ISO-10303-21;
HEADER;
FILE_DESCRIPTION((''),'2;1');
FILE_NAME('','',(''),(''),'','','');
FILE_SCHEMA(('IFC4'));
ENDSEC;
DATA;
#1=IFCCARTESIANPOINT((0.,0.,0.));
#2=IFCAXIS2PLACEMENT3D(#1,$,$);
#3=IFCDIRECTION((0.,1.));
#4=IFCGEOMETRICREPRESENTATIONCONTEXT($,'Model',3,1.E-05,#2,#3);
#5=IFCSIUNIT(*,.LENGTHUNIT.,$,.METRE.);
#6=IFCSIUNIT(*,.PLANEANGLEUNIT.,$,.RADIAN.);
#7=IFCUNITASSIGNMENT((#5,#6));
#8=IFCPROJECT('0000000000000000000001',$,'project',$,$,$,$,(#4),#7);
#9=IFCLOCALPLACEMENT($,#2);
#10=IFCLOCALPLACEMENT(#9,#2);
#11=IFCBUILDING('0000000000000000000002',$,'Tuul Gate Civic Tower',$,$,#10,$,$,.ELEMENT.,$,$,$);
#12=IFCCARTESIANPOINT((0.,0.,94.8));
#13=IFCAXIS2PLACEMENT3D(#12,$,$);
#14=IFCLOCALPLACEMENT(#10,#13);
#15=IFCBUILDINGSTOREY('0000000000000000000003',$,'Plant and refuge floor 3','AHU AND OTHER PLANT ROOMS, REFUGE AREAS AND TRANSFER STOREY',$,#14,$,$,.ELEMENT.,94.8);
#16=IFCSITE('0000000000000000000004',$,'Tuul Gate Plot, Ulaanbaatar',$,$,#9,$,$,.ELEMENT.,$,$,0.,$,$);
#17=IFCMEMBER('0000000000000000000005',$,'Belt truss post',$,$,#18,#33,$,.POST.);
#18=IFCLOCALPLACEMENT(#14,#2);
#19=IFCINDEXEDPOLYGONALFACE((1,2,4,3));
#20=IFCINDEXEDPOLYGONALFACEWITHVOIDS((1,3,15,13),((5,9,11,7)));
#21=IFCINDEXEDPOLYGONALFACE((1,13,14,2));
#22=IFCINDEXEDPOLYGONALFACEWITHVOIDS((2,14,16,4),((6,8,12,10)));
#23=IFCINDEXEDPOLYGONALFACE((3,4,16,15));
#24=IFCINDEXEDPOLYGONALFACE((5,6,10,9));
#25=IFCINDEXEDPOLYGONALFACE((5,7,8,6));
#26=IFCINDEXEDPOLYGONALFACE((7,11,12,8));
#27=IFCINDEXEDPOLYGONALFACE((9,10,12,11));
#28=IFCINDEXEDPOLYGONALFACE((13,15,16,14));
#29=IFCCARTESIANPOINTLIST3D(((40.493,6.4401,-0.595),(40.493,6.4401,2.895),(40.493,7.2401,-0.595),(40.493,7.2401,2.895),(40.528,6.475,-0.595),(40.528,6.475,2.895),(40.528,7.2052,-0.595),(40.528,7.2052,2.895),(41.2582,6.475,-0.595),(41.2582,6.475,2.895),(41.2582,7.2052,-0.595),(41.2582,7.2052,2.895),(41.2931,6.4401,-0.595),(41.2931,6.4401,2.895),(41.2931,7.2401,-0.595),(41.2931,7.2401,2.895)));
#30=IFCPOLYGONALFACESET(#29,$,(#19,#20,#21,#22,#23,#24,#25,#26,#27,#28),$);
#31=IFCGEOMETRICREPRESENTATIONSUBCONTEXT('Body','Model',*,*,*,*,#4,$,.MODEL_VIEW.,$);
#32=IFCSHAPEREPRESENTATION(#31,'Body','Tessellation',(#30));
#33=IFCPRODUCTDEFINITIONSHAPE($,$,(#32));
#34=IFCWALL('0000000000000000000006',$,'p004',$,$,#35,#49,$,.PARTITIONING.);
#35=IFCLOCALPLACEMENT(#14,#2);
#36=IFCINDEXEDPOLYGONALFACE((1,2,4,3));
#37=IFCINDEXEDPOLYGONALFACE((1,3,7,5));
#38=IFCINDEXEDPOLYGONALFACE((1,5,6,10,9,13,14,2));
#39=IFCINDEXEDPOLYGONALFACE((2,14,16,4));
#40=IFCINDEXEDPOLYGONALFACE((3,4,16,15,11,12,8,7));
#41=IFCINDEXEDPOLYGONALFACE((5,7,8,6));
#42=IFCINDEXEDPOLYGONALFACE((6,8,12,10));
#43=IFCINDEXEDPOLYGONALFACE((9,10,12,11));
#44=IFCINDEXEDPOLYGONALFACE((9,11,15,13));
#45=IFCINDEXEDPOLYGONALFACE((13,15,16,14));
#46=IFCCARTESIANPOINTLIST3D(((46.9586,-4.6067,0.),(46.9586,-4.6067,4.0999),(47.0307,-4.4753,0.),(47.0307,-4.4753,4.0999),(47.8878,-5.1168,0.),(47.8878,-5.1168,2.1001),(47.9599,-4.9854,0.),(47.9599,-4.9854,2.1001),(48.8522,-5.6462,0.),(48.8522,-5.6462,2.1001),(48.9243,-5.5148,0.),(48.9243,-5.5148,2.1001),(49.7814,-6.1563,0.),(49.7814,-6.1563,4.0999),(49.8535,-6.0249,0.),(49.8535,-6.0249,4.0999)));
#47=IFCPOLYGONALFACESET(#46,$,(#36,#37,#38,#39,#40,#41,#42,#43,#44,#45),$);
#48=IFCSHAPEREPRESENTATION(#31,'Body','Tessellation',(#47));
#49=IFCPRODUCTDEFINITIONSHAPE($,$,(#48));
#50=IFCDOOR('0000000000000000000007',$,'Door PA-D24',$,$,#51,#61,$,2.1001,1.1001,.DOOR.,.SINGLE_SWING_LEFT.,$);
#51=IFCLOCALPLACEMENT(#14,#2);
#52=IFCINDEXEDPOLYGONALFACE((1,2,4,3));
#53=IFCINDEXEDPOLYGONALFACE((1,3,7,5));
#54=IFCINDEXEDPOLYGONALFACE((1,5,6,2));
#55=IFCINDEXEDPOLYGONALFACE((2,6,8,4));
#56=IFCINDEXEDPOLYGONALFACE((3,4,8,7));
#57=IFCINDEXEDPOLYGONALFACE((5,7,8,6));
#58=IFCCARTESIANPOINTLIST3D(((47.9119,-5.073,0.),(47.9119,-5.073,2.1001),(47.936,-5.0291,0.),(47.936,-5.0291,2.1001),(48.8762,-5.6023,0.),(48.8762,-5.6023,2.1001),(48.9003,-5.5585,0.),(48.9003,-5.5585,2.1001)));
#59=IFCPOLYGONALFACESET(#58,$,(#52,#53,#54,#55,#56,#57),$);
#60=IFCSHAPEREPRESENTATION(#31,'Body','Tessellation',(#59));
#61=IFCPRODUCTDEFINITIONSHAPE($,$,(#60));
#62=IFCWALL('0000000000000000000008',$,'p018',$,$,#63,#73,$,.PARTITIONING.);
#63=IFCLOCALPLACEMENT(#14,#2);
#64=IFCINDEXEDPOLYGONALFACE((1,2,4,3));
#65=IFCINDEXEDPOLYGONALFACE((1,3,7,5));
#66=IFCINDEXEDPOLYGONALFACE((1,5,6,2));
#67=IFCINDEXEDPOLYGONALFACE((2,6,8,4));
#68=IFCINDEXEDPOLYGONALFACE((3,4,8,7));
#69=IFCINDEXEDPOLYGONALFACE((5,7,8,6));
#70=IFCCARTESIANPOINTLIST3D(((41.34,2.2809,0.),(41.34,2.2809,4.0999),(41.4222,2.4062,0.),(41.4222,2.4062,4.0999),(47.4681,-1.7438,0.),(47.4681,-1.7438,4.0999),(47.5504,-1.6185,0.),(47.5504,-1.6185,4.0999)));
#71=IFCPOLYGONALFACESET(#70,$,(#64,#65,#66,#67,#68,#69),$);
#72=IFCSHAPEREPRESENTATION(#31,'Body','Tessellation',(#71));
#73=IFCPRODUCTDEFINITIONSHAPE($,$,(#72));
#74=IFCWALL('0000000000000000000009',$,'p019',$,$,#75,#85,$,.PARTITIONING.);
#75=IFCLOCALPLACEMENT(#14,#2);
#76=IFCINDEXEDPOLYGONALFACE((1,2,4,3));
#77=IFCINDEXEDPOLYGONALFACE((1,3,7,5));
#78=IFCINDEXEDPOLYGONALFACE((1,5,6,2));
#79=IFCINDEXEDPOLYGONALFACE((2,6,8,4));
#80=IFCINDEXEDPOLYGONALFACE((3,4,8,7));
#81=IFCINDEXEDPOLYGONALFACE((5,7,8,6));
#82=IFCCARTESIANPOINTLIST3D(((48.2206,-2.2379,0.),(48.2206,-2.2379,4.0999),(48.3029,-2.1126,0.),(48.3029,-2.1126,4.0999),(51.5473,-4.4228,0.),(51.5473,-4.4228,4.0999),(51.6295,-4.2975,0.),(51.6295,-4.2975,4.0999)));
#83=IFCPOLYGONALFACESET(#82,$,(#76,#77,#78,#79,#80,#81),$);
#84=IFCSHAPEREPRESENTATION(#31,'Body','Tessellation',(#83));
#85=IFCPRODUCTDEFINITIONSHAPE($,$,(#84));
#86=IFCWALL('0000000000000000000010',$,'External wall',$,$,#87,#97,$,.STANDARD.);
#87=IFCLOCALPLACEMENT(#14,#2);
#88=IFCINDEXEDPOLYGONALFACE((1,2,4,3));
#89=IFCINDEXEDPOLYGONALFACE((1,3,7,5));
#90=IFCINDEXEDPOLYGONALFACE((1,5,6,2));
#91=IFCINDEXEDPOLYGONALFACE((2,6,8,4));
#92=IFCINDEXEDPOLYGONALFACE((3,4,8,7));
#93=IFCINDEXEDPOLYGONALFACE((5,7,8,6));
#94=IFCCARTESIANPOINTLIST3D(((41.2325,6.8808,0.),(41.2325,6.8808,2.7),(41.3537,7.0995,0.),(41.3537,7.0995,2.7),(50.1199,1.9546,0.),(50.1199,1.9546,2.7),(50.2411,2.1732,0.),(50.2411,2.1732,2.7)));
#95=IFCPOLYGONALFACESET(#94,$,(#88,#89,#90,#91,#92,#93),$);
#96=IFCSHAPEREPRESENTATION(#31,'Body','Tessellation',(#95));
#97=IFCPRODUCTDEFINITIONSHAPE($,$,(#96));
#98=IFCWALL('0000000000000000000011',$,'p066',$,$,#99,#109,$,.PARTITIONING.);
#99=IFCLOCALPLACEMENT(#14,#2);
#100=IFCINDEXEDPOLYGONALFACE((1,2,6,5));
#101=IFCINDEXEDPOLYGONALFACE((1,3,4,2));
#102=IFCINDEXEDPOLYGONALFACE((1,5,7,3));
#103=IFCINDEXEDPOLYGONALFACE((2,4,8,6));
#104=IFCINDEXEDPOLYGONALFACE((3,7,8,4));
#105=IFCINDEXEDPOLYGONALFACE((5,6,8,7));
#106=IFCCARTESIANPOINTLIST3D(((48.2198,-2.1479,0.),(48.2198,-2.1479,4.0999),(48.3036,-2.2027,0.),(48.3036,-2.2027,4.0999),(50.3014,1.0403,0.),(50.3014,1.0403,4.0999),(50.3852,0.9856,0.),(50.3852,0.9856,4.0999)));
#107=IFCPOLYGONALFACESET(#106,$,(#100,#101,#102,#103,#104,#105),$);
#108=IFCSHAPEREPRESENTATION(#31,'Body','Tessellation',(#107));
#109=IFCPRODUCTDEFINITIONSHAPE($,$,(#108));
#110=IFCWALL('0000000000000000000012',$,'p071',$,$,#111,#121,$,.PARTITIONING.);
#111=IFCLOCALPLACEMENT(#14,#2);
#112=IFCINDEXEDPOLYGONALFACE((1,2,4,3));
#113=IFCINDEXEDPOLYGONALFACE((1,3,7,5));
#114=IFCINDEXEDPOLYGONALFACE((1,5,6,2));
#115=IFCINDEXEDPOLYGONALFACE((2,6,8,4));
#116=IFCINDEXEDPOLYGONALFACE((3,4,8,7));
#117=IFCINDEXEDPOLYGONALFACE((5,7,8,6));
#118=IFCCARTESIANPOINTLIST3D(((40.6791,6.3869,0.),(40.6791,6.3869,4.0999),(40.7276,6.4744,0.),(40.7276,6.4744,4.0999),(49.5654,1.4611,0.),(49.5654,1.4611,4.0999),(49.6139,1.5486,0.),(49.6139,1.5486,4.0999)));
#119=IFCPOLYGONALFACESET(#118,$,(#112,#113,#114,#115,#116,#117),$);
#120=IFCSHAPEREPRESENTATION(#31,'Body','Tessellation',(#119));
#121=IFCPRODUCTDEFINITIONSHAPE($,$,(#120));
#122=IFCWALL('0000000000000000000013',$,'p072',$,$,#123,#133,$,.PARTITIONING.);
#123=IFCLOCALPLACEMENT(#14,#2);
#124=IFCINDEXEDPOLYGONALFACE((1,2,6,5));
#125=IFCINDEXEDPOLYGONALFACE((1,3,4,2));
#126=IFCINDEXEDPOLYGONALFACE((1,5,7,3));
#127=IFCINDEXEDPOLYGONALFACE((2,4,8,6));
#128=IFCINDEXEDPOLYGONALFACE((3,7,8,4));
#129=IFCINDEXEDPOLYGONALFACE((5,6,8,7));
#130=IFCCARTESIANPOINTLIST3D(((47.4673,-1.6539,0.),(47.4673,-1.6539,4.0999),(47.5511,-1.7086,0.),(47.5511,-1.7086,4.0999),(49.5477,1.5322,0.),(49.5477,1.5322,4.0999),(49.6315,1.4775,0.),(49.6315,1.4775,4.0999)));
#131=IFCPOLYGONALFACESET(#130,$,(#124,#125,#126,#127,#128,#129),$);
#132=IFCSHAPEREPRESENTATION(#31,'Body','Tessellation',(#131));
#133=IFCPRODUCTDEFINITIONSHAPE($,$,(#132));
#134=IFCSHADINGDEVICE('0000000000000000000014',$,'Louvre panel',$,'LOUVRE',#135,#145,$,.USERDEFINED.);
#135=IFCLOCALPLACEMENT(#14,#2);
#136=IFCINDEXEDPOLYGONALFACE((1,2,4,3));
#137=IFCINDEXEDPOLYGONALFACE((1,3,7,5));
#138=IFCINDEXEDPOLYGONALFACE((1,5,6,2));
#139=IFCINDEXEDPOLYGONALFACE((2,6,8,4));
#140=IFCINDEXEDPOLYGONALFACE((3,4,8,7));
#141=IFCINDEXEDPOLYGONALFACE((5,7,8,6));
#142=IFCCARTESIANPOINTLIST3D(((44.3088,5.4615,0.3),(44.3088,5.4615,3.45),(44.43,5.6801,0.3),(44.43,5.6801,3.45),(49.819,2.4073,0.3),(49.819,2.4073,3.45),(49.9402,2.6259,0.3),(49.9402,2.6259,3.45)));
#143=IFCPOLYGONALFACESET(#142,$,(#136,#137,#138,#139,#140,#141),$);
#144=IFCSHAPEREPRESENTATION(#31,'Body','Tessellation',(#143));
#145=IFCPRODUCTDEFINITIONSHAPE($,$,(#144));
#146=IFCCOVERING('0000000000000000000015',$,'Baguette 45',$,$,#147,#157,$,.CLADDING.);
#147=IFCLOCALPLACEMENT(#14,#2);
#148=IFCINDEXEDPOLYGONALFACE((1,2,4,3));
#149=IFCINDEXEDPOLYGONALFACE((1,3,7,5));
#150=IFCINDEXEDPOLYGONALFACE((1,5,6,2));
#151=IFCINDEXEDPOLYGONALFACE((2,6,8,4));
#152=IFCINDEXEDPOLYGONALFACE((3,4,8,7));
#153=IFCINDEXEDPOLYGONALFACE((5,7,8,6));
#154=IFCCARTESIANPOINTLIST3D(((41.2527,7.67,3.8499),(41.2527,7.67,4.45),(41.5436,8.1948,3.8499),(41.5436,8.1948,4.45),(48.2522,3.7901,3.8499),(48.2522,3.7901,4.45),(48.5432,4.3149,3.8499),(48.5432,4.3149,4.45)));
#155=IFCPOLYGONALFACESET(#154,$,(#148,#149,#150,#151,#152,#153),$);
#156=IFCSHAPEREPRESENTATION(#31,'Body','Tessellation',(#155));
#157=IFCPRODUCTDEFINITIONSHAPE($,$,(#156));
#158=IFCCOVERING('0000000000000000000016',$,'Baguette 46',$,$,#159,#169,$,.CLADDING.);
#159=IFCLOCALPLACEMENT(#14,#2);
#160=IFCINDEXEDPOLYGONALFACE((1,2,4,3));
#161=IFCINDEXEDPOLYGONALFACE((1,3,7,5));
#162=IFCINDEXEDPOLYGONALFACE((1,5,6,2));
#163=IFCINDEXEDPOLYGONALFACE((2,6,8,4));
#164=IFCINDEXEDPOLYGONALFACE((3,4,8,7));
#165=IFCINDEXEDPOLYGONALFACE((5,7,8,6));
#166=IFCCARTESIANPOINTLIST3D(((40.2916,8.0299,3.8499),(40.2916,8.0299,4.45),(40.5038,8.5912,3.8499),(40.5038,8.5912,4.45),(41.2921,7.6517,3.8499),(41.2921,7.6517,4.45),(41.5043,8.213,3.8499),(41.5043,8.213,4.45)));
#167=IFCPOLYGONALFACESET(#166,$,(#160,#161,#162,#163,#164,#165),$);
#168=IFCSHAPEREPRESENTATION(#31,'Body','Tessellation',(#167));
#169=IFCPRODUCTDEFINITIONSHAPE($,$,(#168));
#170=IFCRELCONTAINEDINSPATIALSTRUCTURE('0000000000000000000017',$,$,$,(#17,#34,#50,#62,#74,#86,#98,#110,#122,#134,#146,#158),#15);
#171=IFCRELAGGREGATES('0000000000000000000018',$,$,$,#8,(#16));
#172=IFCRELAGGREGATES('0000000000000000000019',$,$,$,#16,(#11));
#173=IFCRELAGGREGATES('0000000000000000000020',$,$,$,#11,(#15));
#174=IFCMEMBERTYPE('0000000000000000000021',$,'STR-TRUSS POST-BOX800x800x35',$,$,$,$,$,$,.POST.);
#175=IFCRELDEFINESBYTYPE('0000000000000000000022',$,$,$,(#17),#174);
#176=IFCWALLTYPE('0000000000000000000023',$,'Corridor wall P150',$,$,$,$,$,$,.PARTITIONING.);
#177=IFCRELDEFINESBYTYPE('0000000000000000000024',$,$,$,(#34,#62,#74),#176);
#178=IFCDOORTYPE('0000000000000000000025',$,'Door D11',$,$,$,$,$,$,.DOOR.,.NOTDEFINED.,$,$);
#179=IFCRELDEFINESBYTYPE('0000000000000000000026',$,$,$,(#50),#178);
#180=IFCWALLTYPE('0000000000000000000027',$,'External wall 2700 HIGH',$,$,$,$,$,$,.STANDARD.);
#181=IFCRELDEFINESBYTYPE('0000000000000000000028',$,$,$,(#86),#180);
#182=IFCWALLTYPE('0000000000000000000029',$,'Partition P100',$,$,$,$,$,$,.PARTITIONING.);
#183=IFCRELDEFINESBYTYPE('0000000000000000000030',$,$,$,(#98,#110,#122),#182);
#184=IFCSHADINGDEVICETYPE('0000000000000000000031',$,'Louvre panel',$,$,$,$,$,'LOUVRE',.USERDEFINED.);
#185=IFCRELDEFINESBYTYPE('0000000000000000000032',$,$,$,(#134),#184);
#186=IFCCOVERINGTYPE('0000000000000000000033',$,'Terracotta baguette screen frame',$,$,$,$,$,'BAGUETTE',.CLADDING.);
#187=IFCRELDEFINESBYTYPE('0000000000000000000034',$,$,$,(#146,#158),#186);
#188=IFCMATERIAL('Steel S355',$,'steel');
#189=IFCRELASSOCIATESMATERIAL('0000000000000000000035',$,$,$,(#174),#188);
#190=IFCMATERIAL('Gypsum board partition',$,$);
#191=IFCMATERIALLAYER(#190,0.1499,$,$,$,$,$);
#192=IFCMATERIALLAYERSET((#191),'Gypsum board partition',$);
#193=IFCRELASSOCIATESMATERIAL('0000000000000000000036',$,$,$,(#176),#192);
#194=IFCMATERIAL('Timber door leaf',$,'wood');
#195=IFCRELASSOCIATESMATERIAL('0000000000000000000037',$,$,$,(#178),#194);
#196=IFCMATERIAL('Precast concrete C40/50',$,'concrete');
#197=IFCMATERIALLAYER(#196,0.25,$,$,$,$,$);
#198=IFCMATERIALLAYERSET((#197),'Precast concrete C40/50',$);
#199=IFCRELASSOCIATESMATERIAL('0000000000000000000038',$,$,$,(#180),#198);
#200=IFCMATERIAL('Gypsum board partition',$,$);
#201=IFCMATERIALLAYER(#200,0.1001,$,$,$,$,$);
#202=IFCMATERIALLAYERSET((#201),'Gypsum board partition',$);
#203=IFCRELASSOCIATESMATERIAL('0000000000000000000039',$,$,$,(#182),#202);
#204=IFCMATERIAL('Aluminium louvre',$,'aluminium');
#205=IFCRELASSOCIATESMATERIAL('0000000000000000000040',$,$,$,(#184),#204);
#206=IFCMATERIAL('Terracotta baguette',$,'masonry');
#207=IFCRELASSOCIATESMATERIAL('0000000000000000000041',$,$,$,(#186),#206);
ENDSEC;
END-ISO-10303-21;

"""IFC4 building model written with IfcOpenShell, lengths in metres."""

from ifc_helpers import new_model, si_unit, direction, frame, frame_2d, origin, origin_2d, place, context, subcontext, project, spatial, rectangle, hollow_rectangle, extrude, material, layer, layer_set, material_profile, profile_set, type_object, element, fill, save


model = new_model("IFC4")

# Units and contexts
model_context = context("Model", 3, precision=1e-05, world=origin(), true_north=direction((0.0, 1.0)))
body_context = subcontext(model_context, "Body", "Model", "MODEL_VIEW")
ifc_project = project(units=[si_unit("LENGTHUNIT", "METRE"), si_unit("PLANEANGLEUNIT", "RADIAN")], contexts=[model_context])

# Site, building, storey
site_placement = place(None, origin())
site = spatial("IfcSite", under=ifc_project, at=site_placement, Name="Tuul Gate Plot, Ulaanbaatar", CompositionType="ELEMENT", RefElevation=0.0)
building_placement = place(site_placement, origin())
building = spatial("IfcBuilding", under=site, at=building_placement, Name="Tuul Gate Civic Tower", CompositionType="ELEMENT")
storey_placement = place(building_placement, frame((0.0, 0.0, 94.8)))
storey = spatial("IfcBuildingStorey", under=building, at=storey_placement, Name="Plant and refuge floor 3", Description="AHU AND OTHER PLANT ROOMS, REFUGE AREAS AND TRANSFER STOREY", CompositionType="ELEMENT", Elevation=94.8)

# Member
ifc_material_1 = material(Name="Steel S355", Category="steel")
ifc_material_profile_1 = material_profile(ifc_material_1, hollow_rectangle(XDim=0.8, YDim=0.8, WallThickness=0.0349, at=origin_2d()), Name="BOX800x800x35")
ifc_profile_set_1 = profile_set([ifc_material_profile_1], Name="Steel S355")
member_type_1 = type_object("IfcMemberType", Name="STR-TRUSS POST-BOX800x800x35", PredefinedType="POST", material=ifc_profile_set_1)
member_1_placement = place(storey_placement, frame((40.8931, 6.8401, -0.595), z_axis=(0.0, 0.0, 1.0), x_axis=(1.0, 0.0, 0.0)))
element("IfcMember", 1, at=member_1_placement, inside=storey, type_object=member_type_1, Name="Belt truss post", PredefinedType="POST", context=body_context, shape_type="SweptSolid", body=[
    extrude(hollow_rectangle(XDim=0.8, YDim=0.8, WallThickness=0.0349, at=origin_2d()), origin(), (0.0, 0.0, 1.0), 3.49),
])

# Wall, opening, door
ifc_material_2 = material(Name="Gypsum board partition")
ifc_layer_1 = layer(ifc_material_2, 0.1499)
ifc_layer_set_1 = layer_set([ifc_layer_1], Name="Gypsum board partition")
wall_type_1 = type_object("IfcWallType", Name="Corridor wall P150", PredefinedType="PARTITIONING", material=ifc_layer_set_1)
wall_1_placement = place(storey_placement, frame((46.9946, -4.541, 0.0), z_axis=(0.0, 0.0, 1.0), x_axis=(0.876603, -0.481214, 0.0)))
wall_1 = element("IfcWall", 2, at=wall_1_placement, inside=storey, type_object=wall_type_1, Name="p004", PredefinedType="PARTITIONING", context=body_context, shape_type="SweptSolid", body=[
    extrude(rectangle(XDim=3.2202, YDim=0.1499, at=frame_2d((1.6101, 0.0))), origin(), (0.0, 0.0, 1.0), 4.0999),
])
opening_1_placement = place(wall_1_placement, frame((1.0601, 0.0, 0.0)))
opening_1 = element("IfcOpeningElement", 3, at=opening_1_placement, cuts=wall_1, PredefinedType="OPENING", context=body_context, shape_type="SweptSolid", body=[
    extrude(rectangle(XDim=1.1001, YDim=2.1001, at=frame_2d((0.55, 1.05))), frame((0.0, 0.085, 0.0), z_axis=(0.0, -1.0, 0.0), x_axis=(1.0, 0.0, 0.0)), (0.0, 0.0, 1.0), 0.1699),
])
ifc_material_3 = material(Name="Timber door leaf", Category="wood")
door_type_1 = type_object("IfcDoorType", Name="Door D11", OperationType="NOTDEFINED", PredefinedType="DOOR", material=ifc_material_3)
door_1_placement = place(opening_1_placement, frame((1.1001, 0.0, 0.0), z_axis=(0.0, 0.0, 1.0), x_axis=(-1.0, 0.0, 0.0)))
door_1 = element("IfcDoor", 4, at=door_1_placement, inside=storey, type_object=door_type_1, Name="Door PA-D24", OperationType="SINGLE_SWING_LEFT", OverallHeight=2.1001, OverallWidth=1.1001, PredefinedType="DOOR", context=body_context, shape_type="SweptSolid", body=[
    extrude(rectangle(XDim=1.1001, YDim=2.1001, at=frame_2d((0.55, 1.05))), frame((0.0, 0.0249, 0.0), z_axis=(0.0, -1.0, 0.0), x_axis=(1.0, 0.0, 0.0)), (0.0, 0.0, 1.0), 0.05),
])
fill(opening_1, door_1)

# Walls
wall_2_placement = place(storey_placement, frame((41.3811, 2.3435, 0.0), z_axis=(0.0, 0.0, 1.0), x_axis=(0.835857, -0.548947, 0.0)))
element("IfcWall", 5, at=wall_2_placement, inside=storey, type_object=wall_type_1, Name="p018", PredefinedType="PARTITIONING", context=body_context, shape_type="SweptSolid", body=[
    extrude(rectangle(XDim=7.3315, YDim=0.1499, at=frame_2d((3.6658, 0.0))), origin(), (0.0, 0.0, 1.0), 4.0999),
])
wall_3_placement = place(storey_placement, frame((48.2617, -2.1753, 0.0), z_axis=(0.0, 0.0, 1.0), x_axis=(0.835853, -0.548954, 0.0)))
element("IfcWall", 6, at=wall_3_placement, inside=storey, type_object=wall_type_1, Name="p019", PredefinedType="PARTITIONING", context=body_context, shape_type="SweptSolid", body=[
    extrude(rectangle(XDim=3.98, YDim=0.1499, at=frame_2d((1.99, 0.0))), origin(), (0.0, 0.0, 1.0), 4.0999),
])
ifc_material_4 = material(Name="Precast concrete C40/50", Category="concrete")
ifc_layer_2 = layer(ifc_material_4, 0.25)
ifc_layer_set_2 = layer_set([ifc_layer_2], Name="Precast concrete C40/50")
wall_type_2 = type_object("IfcWallType", Name="External wall 2700 HIGH", PredefinedType="STANDARD", material=ifc_layer_set_2)
wall_4_placement = place(storey_placement, frame((50.1804, 2.064, 0.0), z_axis=(0.0, 0.0, 1.0), x_axis=(-0.874625, 0.4848, 0.0)))
element("IfcWall", 7, at=wall_4_placement, inside=storey, type_object=wall_type_2, Name="External wall", PredefinedType="STANDARD", context=body_context, shape_type="SweptSolid", body=[
    extrude(rectangle(XDim=10.1614, YDim=0.25, at=frame_2d((5.0806, 0.0))), origin(), (0.0, 0.0, 1.0), 2.7),
])

# Walls
ifc_material_5 = material(Name="Gypsum board partition")
ifc_layer_3 = layer(ifc_material_5, 0.1001)
ifc_layer_set_3 = layer_set([ifc_layer_3], Name="Gypsum board partition")
wall_type_3 = type_object("IfcWallType", Name="Partition P100", PredefinedType="PARTITIONING", material=ifc_layer_set_3)
wall_5_placement = place(storey_placement, frame((48.2617, -2.1753, 0.0), z_axis=(0.0, 0.0, 1.0), x_axis=(0.546684, 0.837339, 0.0)))
element("IfcWall", 8, at=wall_5_placement, inside=storey, type_object=wall_type_3, Name="p066", PredefinedType="PARTITIONING", context=body_context, shape_type="SweptSolid", body=[
    extrude(rectangle(XDim=3.8076, YDim=0.1001, at=frame_2d((1.9038, 0.0))), origin(), (0.0, 0.0, 1.0), 4.0999),
])
wall_6_placement = place(storey_placement, frame((40.7034, 6.4307, 0.0), z_axis=(0.0, 0.0, 1.0), x_axis=(0.874617, -0.484814, 0.0)))
element("IfcWall", 9, at=wall_6_placement, inside=storey, type_object=wall_type_3, Name="p071", PredefinedType="PARTITIONING", context=body_context, shape_type="SweptSolid", body=[
    extrude(rectangle(XDim=10.1602, YDim=0.1001, at=frame_2d((5.0801, 0.0))), origin(), (0.0, 0.0, 1.0), 4.0999),
])
wall_7_placement = place(storey_placement, frame((49.5896, 1.5049, 0.0), z_axis=(0.0, 0.0, 1.0), x_axis=(-0.546724, -0.837313, 0.0)))
element("IfcWall", 10, at=wall_7_placement, inside=storey, type_object=wall_type_3, Name="p072", PredefinedType="PARTITIONING", context=body_context, shape_type="SweptSolid", body=[
    extrude(rectangle(XDim=3.8052, YDim=0.1001, at=frame_2d((1.9026, 0.0))), origin(), (0.0, 0.0, 1.0), 4.0999),
])

# Shading device
ifc_material_6 = material(Name="Aluminium louvre", Category="aluminium")
shading_device_type = type_object("IfcShadingDeviceType", Name="Louvre panel", ElementType="LOUVRE", PredefinedType="USERDEFINED", material=ifc_material_6)
shading_device_placement = place(storey_placement, frame((47.1245, 4.0437, 0.3), z_axis=(0.0, 0.0, 1.0), x_axis=(0.484789, 0.874631, 0.0)))
element("IfcShadingDevice", 11, at=shading_device_placement, inside=storey, type_object=shading_device_type, Name="Louvre panel", ObjectType="LOUVRE", PredefinedType="USERDEFINED", context=body_context, shape_type="SweptSolid", body=[
    extrude(rectangle(XDim=0.25, YDim=6.3, at=origin_2d()), origin(), (0.0, 0.0, 1.0), 3.1499),
])

# Coverings
ifc_material_7 = material(Name="Terracotta baguette", Category="masonry")
ifc_material_profile_2 = material_profile(ifc_material_7, rectangle(XDim=0.6001, YDim=0.6001, at=origin_2d()), Name="Terracotta baguette screen frame")
ifc_profile_set_2 = profile_set([ifc_material_profile_2], Name="Terracotta baguette")
covering_type = type_object("IfcCoveringType", Name="Terracotta baguette screen frame", ElementType="BAGUETTE", PredefinedType="CLADDING", material=ifc_profile_set_2)
covering_1_placement = place(storey_placement, frame((48.3977, 4.0525, 4.1499), z_axis=(-0.87462, 0.484809, 0.0), x_axis=(-0.484809, -0.87462, 0.0)))
element("IfcCovering", 12, at=covering_1_placement, inside=storey, type_object=covering_type, Name="Baguette 45", PredefinedType="CLADDING", context=body_context, shape_type="SweptSolid", body=[
    extrude(rectangle(XDim=0.6001, YDim=0.6001, at=origin_2d()), origin(), (0.0, 0.0, 1.0), 8.0029),
])
covering_2_placement = place(storey_placement, frame((41.3982, 7.9324, 4.1499), z_axis=(-0.935407, 0.353574, 0.0), x_axis=(-0.353574, -0.935407, 0.0)))
element("IfcCovering", 13, at=covering_2_placement, inside=storey, type_object=covering_type, Name="Baguette 46", PredefinedType="CLADDING", context=body_context, shape_type="SweptSolid", body=[
    extrude(rectangle(XDim=0.6001, YDim=0.6001, at=origin_2d()), origin(), (0.0, 0.0, 1.0), 1.0696),
])

save(model, "model.ifc")
